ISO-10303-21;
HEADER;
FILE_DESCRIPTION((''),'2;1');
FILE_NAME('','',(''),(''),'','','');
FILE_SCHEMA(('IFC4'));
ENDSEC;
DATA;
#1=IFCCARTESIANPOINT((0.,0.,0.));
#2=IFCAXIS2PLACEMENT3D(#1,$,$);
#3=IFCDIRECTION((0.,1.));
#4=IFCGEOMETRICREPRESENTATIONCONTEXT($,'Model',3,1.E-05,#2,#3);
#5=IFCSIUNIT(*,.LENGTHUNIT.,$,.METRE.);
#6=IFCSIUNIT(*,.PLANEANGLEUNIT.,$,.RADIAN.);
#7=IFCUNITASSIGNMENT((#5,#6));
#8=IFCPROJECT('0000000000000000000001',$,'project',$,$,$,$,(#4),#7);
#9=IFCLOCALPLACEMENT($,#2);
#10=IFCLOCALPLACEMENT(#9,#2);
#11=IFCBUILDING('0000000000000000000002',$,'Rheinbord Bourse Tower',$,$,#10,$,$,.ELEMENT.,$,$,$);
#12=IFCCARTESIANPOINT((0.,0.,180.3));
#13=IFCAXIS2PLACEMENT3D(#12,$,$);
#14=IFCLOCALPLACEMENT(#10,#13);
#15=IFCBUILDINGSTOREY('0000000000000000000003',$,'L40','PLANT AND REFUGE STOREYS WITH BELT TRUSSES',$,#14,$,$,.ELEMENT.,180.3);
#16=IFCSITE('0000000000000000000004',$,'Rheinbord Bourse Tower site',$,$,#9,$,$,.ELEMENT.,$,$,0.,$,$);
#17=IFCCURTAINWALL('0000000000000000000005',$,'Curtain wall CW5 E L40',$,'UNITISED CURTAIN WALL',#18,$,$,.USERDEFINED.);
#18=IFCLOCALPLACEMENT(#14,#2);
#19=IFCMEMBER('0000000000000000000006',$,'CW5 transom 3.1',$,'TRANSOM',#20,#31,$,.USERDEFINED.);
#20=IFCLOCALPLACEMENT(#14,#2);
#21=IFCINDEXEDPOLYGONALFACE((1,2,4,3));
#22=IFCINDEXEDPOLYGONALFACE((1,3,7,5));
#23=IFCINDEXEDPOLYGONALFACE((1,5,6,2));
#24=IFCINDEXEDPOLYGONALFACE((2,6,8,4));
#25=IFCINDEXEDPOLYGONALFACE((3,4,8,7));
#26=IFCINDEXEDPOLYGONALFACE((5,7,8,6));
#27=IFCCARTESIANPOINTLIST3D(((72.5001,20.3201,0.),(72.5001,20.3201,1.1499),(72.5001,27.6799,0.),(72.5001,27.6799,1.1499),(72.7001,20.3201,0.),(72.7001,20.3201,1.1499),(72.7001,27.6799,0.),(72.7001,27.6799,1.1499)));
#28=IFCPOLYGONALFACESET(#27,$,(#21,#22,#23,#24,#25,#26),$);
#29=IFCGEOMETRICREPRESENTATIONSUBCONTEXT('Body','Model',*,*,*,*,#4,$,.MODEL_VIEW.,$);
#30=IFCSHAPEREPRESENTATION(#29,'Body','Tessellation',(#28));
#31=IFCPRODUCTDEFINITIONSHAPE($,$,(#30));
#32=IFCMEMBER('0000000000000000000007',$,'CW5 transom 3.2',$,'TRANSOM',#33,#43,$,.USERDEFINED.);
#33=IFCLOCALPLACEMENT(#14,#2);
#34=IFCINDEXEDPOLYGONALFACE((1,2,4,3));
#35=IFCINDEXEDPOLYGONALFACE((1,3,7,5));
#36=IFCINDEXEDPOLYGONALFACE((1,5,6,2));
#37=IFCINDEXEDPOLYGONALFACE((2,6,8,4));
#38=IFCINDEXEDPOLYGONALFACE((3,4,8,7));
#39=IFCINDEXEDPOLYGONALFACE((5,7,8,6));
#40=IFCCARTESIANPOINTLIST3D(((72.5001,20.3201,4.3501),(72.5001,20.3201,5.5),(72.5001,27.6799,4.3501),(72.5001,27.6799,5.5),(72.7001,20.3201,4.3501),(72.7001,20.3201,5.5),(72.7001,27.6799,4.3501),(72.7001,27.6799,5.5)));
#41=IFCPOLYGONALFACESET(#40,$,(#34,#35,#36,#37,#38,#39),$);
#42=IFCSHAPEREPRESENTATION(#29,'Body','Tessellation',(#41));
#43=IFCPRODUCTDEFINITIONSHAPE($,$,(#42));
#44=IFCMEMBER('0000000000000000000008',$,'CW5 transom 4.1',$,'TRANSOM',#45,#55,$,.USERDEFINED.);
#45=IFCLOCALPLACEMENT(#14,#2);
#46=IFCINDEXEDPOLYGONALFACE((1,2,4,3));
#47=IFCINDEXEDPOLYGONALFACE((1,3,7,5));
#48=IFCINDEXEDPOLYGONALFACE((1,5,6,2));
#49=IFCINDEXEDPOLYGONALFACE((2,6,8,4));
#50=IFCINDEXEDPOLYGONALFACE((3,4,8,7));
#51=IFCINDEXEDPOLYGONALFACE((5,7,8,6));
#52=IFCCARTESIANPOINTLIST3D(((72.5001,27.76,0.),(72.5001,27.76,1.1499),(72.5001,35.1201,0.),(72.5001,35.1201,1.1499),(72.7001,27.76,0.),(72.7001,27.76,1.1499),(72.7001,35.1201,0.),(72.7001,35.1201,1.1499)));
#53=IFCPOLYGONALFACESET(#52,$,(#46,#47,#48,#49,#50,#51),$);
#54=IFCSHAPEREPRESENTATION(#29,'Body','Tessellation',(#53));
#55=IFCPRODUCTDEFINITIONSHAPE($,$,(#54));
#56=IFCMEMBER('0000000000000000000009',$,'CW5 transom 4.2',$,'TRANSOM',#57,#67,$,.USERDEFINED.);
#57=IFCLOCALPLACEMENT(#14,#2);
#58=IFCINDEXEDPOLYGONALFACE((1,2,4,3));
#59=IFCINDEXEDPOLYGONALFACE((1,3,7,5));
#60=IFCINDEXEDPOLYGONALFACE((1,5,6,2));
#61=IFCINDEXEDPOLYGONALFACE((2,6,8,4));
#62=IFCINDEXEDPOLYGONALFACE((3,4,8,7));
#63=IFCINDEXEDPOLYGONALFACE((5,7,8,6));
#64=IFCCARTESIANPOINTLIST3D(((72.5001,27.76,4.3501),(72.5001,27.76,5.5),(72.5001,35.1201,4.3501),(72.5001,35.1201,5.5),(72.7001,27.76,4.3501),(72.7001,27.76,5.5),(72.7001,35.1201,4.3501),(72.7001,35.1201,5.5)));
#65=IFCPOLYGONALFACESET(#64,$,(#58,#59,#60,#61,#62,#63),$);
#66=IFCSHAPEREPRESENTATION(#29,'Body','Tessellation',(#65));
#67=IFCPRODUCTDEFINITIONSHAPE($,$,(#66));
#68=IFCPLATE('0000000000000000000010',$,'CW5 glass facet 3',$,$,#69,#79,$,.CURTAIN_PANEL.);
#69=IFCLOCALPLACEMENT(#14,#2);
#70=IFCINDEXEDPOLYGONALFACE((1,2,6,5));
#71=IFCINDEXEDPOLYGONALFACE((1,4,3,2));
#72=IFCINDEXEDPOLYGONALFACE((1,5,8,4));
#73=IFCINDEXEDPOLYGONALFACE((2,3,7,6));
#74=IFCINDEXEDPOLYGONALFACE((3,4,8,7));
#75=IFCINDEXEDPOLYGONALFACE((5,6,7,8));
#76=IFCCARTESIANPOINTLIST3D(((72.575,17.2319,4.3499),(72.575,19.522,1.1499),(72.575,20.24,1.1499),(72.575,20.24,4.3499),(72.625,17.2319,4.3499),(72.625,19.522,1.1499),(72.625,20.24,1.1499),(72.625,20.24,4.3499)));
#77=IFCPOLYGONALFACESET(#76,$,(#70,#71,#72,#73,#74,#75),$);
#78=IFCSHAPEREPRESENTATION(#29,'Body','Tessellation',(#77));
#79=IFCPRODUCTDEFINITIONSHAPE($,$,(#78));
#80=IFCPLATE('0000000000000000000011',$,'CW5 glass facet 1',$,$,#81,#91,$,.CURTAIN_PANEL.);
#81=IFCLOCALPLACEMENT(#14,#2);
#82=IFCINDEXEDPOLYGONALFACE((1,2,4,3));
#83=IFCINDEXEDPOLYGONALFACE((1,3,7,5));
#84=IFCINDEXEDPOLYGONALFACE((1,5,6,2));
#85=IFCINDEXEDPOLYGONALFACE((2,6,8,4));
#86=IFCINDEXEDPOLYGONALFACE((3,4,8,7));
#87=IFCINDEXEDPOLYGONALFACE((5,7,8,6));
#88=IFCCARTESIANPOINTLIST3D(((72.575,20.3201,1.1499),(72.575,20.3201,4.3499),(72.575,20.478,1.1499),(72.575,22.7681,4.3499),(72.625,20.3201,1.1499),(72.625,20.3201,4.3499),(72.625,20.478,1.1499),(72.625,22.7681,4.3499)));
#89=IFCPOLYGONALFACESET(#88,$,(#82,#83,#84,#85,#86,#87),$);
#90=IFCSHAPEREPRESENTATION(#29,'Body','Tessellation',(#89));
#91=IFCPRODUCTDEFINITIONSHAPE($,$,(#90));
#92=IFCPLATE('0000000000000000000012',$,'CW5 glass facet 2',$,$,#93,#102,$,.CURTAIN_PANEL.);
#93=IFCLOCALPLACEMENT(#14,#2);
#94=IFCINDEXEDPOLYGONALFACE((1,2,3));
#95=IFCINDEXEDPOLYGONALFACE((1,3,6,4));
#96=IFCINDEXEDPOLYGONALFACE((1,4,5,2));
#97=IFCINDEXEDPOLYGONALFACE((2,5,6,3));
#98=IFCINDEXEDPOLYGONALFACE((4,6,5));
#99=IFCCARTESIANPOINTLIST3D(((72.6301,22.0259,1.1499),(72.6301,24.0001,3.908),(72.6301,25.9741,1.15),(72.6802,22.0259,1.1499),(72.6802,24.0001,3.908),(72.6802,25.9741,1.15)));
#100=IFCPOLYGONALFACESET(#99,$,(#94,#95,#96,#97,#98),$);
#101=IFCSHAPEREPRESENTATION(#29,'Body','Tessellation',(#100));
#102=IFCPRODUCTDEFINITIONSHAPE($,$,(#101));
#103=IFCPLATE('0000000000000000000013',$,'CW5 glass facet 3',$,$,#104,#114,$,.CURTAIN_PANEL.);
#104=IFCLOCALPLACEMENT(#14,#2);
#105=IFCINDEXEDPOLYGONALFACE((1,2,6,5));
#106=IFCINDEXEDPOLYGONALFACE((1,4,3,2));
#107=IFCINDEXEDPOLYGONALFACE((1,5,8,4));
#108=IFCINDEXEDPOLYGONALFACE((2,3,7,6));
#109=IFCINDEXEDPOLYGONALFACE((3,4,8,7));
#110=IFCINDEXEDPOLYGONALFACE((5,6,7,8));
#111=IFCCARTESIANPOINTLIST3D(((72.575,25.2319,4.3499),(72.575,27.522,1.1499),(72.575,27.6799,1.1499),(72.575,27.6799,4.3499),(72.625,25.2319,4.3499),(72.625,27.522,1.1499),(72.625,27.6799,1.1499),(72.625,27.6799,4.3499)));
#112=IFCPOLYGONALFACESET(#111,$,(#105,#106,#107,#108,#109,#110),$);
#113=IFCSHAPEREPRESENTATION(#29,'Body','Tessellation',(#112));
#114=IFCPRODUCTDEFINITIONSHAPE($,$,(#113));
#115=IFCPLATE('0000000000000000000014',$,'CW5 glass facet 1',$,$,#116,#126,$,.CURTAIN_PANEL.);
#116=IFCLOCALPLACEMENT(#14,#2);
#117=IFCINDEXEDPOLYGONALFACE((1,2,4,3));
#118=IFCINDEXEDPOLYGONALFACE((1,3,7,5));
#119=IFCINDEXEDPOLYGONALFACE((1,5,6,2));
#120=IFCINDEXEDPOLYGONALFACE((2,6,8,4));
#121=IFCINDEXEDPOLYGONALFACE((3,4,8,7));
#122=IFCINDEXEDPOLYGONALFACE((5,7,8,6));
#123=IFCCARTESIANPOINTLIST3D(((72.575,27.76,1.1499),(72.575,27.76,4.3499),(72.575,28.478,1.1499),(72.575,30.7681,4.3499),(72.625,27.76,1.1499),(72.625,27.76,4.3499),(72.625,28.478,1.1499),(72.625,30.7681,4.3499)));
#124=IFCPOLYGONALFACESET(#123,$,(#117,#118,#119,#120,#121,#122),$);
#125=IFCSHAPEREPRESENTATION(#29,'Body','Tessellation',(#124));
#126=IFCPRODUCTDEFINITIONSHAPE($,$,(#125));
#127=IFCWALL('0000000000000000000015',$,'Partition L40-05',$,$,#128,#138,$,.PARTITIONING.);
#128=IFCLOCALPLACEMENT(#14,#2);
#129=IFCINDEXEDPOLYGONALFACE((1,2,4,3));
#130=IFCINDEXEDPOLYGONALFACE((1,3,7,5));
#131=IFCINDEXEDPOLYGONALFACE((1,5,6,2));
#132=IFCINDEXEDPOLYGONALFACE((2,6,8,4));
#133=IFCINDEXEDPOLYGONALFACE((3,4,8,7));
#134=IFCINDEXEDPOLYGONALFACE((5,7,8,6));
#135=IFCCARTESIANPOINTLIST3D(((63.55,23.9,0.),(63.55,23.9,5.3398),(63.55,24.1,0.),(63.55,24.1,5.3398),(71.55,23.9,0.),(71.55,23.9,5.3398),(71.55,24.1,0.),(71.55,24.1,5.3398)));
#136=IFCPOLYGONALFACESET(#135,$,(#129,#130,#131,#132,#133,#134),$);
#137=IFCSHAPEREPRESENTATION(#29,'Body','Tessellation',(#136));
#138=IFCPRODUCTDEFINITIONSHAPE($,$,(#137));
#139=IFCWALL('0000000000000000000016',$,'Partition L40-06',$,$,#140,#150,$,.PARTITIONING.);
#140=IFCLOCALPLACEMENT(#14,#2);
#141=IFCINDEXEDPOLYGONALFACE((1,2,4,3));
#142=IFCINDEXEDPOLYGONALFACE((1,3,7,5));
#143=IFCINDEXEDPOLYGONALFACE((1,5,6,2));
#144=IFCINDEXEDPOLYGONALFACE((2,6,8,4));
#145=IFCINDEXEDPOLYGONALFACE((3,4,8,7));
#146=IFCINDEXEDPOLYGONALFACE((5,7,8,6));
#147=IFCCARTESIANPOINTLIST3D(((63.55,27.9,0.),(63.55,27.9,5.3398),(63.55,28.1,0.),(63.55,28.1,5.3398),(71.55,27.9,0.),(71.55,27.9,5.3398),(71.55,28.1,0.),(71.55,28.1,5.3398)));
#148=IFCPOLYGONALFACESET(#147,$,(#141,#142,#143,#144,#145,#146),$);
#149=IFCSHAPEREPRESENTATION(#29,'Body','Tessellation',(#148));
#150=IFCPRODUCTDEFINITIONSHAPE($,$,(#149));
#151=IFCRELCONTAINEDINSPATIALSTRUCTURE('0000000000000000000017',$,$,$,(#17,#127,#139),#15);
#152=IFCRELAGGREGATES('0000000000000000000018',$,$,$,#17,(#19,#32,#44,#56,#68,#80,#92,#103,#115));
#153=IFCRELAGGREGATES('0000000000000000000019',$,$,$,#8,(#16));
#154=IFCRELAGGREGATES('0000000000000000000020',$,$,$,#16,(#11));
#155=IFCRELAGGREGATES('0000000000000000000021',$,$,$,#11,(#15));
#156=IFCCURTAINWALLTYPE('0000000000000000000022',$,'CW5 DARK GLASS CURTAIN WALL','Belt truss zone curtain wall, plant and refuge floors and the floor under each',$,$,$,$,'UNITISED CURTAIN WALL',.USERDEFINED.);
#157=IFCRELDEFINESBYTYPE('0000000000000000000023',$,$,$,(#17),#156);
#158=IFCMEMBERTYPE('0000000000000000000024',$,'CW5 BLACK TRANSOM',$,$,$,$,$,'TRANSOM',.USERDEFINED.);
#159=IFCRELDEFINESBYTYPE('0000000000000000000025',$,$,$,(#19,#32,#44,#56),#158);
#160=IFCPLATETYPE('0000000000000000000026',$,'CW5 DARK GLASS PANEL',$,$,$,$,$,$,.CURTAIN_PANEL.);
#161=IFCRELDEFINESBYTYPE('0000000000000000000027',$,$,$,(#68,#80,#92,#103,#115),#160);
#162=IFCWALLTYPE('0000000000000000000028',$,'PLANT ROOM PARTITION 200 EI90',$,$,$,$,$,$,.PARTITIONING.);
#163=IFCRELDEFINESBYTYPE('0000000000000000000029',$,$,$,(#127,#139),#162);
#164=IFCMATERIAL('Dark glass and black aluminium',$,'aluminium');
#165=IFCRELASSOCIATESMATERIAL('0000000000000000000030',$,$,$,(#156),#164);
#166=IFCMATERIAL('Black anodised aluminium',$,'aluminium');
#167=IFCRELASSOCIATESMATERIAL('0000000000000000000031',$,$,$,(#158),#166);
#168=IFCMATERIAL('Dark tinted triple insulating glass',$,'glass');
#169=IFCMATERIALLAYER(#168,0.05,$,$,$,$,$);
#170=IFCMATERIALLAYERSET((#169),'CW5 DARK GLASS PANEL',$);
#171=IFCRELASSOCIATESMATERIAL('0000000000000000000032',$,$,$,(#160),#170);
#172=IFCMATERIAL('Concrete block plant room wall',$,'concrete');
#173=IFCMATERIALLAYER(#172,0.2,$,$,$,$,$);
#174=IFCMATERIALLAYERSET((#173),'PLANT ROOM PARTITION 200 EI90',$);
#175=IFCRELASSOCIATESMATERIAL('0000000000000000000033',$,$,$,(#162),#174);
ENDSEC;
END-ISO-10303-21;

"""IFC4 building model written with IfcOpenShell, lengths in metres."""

from ifc_helpers import new_model, si_unit, direction, frame, frame_2d, origin, origin_2d, place, context, subcontext, project, spatial, polyline, rectangle, outline, extrude, material, layer, layer_set, material_profile, profile_set, type_object, element, aggregate, save


model = new_model("IFC4")

# Units and contexts
model_context = context("Model", 3, precision=1e-05, world=origin(), true_north=direction((0.0, 1.0)))
body_context = subcontext(model_context, "Body", "Model", "MODEL_VIEW")
ifc_project = project(units=[si_unit("LENGTHUNIT", "METRE"), si_unit("PLANEANGLEUNIT", "RADIAN")], contexts=[model_context])

# Site, building, storey
site_placement = place(None, origin())
site = spatial("IfcSite", under=ifc_project, at=site_placement, Name="Rheinbord Bourse Tower site", CompositionType="ELEMENT", RefElevation=0.0)
building_placement = place(site_placement, origin())
building = spatial("IfcBuilding", under=site, at=building_placement, Name="Rheinbord Bourse Tower", CompositionType="ELEMENT")
storey_placement = place(building_placement, frame((0.0, 0.0, 180.3)))
storey = spatial("IfcBuildingStorey", under=building, at=storey_placement, Name="L40", Description="PLANT AND REFUGE STOREYS WITH BELT TRUSSES", CompositionType="ELEMENT", Elevation=180.3)

# Curtain wall, members, plates
ifc_material_1 = material(Name="Dark glass and black aluminium", Category="aluminium")
curtain_wall_type = type_object("IfcCurtainWallType", Name="CW5 DARK GLASS CURTAIN WALL", Description="Belt truss zone curtain wall, plant and refuge floors and the floor under each", ElementType="UNITISED CURTAIN WALL", PredefinedType="USERDEFINED", material=ifc_material_1)
curtain_wall_placement = place(storey_placement, origin())
curtain_wall = element("IfcCurtainWall", 1, at=curtain_wall_placement, inside=storey, type_object=curtain_wall_type, Name="Curtain wall CW5 E L40", ObjectType="UNITISED CURTAIN WALL", PredefinedType="USERDEFINED")
ifc_material_2 = material(Name="Black anodised aluminium", Category="aluminium")
ifc_material_profile_1 = material_profile(ifc_material_2, rectangle(XDim=0.2, YDim=1.1499, at=origin_2d()), Name="CW5 TRANSOM 1150x200")
ifc_profile_set_1 = profile_set([ifc_material_profile_1], Name="Black anodised aluminium")
member_type_1 = type_object("IfcMemberType", Name="CW5 BLACK TRANSOM", ElementType="TRANSOM", PredefinedType="USERDEFINED", material=ifc_profile_set_1)
member_1_placement = place(storey_placement, frame((72.6001, 20.3201, 0.575), z_axis=(0.0, 1.0, 0.0), x_axis=(-1.0, 0.0, 0.0)))
member_1 = element("IfcMember", 2, at=member_1_placement, type_object=member_type_1, Name="CW5 transom 3.1", ObjectType="TRANSOM", PredefinedType="USERDEFINED", context=body_context, shape_type="SweptSolid", body=[
    extrude(rectangle(XDim=0.2, YDim=1.1499, at=origin_2d()), origin(), (0.0, 0.0, 1.0), 7.3599),
])
member_2_placement = place(storey_placement, frame((72.6001, 20.3201, 4.925), z_axis=(0.0, 1.0, 0.0), x_axis=(-1.0, 0.0, 0.0)))
member_2 = element("IfcMember", 3, at=member_2_placement, type_object=member_type_1, Name="CW5 transom 3.2", ObjectType="TRANSOM", PredefinedType="USERDEFINED", context=body_context, shape_type="SweptSolid", body=[
    extrude(rectangle(XDim=0.2, YDim=1.1499, at=origin_2d()), origin(), (0.0, 0.0, 1.0), 7.3599),
])
member_3_placement = place(storey_placement, frame((72.6001, 27.76, 0.575), z_axis=(0.0, 1.0, 0.0), x_axis=(-1.0, 0.0, 0.0)))
member_3 = element("IfcMember", 4, at=member_3_placement, type_object=member_type_1, Name="CW5 transom 4.1", ObjectType="TRANSOM", PredefinedType="USERDEFINED", context=body_context, shape_type="SweptSolid", body=[
    extrude(rectangle(XDim=0.2, YDim=1.1499, at=origin_2d()), origin(), (0.0, 0.0, 1.0), 7.3601),
])
member_4_placement = place(storey_placement, frame((72.6001, 27.76, 4.925), z_axis=(0.0, 1.0, 0.0), x_axis=(-1.0, 0.0, 0.0)))
member_4 = element("IfcMember", 5, at=member_4_placement, type_object=member_type_1, Name="CW5 transom 4.2", ObjectType="TRANSOM", PredefinedType="USERDEFINED", context=body_context, shape_type="SweptSolid", body=[
    extrude(rectangle(XDim=0.2, YDim=1.1499, at=origin_2d()), origin(), (0.0, 0.0, 1.0), 7.3601),
])
ifc_material_3 = material(Name="Dark tinted triple insulating glass", Category="glass")
ifc_layer_1 = layer(ifc_material_3, 0.05)
ifc_layer_set_1 = layer_set([ifc_layer_1], Name="CW5 DARK GLASS PANEL")
plate_type = type_object("IfcPlateType", Name="CW5 DARK GLASS PANEL", PredefinedType="CURTAIN_PANEL", material=ifc_layer_set_1)
plate_1_placement = place(storey_placement, frame((72.625, 20.24, 4.3499), z_axis=(-1.0, 0.0, 0.0), x_axis=(0.0, 0.0, -1.0)))
plate_1 = element("IfcPlate", 6, at=plate_1_placement, type_object=plate_type, Name="CW5 glass facet 3", PredefinedType="CURTAIN_PANEL", context=body_context, shape_type="SweptSolid", body=[
    extrude(outline(polyline([(0.0, 0.0), (3.2, 0.0), (3.2, 0.718), (0.0, 3.0081), (0.0, 0.0)])), origin(), (0.0, 0.0, 1.0), 0.05),
])
plate_2_placement = place(storey_placement, frame((72.625, 20.3201, 1.1499), z_axis=(-1.0, 0.0, 0.0), x_axis=(0.0, 0.0, 1.0)))
plate_2 = element("IfcPlate", 7, at=plate_2_placement, type_object=plate_type, Name="CW5 glass facet 1", PredefinedType="CURTAIN_PANEL", context=body_context, shape_type="SweptSolid", body=[
    extrude(outline(polyline([(0.0, 0.0), (3.2, 0.0), (3.2, 2.448), (0.0, 0.158), (0.0, 0.0)])), origin(), (0.0, 0.0, 1.0), 0.05),
])
plate_3_placement = place(storey_placement, frame((72.6802, 22.0259, 1.1499), z_axis=(-1.0, 0.0, 0.0), x_axis=(0.0, 0.582035, 0.813164)))
plate_3 = element("IfcPlate", 8, at=plate_3_placement, type_object=plate_type, Name="CW5 glass facet 2", PredefinedType="CURTAIN_PANEL", context=body_context, shape_type="SweptSolid", body=[
    extrude(outline(polyline([(0.0, 0.0), (3.3918, 0.0), (2.2981, 3.2104), (0.0, 0.0)])), origin(), (0.0, 0.0, 1.0), 0.05),
])
plate_4_placement = place(storey_placement, frame((72.625, 27.6799, 4.3499), z_axis=(-1.0, 0.0, 0.0), x_axis=(0.0, 0.0, -1.0)))
plate_4 = element("IfcPlate", 9, at=plate_4_placement, type_object=plate_type, Name="CW5 glass facet 3", PredefinedType="CURTAIN_PANEL", context=body_context, shape_type="SweptSolid", body=[
    extrude(outline(polyline([(0.0, 0.0), (3.2, 0.0), (3.2, 0.158), (0.0, 2.448), (0.0, 0.0)])), origin(), (0.0, 0.0, 1.0), 0.05),
])
plate_5_placement = place(storey_placement, frame((72.625, 27.76, 1.1499), z_axis=(-1.0, 0.0, 0.0), x_axis=(0.0, 0.0, 1.0)))
plate_5 = element("IfcPlate", 10, at=plate_5_placement, type_object=plate_type, Name="CW5 glass facet 1", PredefinedType="CURTAIN_PANEL", context=body_context, shape_type="SweptSolid", body=[
    extrude(outline(polyline([(0.0, 0.0), (3.2, 0.0), (3.2, 3.0081), (0.0, 0.718), (0.0, 0.0)])), origin(), (0.0, 0.0, 1.0), 0.05),
])
aggregate(curtain_wall, [member_1, member_2, member_3, member_4, plate_1, plate_2, plate_3, plate_4, plate_5])

# Walls
ifc_material_4 = material(Name="Concrete block plant room wall", Category="concrete")
ifc_layer_2 = layer(ifc_material_4, 0.2)
ifc_layer_set_2 = layer_set([ifc_layer_2], Name="PLANT ROOM PARTITION 200 EI90")
wall_type = type_object("IfcWallType", Name="PLANT ROOM PARTITION 200 EI90", PredefinedType="PARTITIONING", material=ifc_layer_set_2)
for number, where, z_axis, x_axis, name in (
    (11, (63.55, 24.0, 0.0), (0.0, 0.0, 1.0), (1.0, 0.0, 0.0), "Partition L40-05"),
    (12, (63.55, 28.0, 0.0), (0.0, 0.0, 1.0), (1.0, 0.0, 0.0), "Partition L40-06"),
):
    element("IfcWall", number, at=place(storey_placement, frame(where, z_axis=z_axis, x_axis=x_axis)), inside=storey, type_object=wall_type, Name=name, PredefinedType="PARTITIONING", context=body_context, shape_type="SweptSolid", body=[
        extrude(rectangle(XDim=8.0, YDim=0.2, at=frame_2d((4.0, 0.0))), origin(), (0.0, 0.0, 1.0), 5.3398),
    ])

save(model, "model.ifc")
